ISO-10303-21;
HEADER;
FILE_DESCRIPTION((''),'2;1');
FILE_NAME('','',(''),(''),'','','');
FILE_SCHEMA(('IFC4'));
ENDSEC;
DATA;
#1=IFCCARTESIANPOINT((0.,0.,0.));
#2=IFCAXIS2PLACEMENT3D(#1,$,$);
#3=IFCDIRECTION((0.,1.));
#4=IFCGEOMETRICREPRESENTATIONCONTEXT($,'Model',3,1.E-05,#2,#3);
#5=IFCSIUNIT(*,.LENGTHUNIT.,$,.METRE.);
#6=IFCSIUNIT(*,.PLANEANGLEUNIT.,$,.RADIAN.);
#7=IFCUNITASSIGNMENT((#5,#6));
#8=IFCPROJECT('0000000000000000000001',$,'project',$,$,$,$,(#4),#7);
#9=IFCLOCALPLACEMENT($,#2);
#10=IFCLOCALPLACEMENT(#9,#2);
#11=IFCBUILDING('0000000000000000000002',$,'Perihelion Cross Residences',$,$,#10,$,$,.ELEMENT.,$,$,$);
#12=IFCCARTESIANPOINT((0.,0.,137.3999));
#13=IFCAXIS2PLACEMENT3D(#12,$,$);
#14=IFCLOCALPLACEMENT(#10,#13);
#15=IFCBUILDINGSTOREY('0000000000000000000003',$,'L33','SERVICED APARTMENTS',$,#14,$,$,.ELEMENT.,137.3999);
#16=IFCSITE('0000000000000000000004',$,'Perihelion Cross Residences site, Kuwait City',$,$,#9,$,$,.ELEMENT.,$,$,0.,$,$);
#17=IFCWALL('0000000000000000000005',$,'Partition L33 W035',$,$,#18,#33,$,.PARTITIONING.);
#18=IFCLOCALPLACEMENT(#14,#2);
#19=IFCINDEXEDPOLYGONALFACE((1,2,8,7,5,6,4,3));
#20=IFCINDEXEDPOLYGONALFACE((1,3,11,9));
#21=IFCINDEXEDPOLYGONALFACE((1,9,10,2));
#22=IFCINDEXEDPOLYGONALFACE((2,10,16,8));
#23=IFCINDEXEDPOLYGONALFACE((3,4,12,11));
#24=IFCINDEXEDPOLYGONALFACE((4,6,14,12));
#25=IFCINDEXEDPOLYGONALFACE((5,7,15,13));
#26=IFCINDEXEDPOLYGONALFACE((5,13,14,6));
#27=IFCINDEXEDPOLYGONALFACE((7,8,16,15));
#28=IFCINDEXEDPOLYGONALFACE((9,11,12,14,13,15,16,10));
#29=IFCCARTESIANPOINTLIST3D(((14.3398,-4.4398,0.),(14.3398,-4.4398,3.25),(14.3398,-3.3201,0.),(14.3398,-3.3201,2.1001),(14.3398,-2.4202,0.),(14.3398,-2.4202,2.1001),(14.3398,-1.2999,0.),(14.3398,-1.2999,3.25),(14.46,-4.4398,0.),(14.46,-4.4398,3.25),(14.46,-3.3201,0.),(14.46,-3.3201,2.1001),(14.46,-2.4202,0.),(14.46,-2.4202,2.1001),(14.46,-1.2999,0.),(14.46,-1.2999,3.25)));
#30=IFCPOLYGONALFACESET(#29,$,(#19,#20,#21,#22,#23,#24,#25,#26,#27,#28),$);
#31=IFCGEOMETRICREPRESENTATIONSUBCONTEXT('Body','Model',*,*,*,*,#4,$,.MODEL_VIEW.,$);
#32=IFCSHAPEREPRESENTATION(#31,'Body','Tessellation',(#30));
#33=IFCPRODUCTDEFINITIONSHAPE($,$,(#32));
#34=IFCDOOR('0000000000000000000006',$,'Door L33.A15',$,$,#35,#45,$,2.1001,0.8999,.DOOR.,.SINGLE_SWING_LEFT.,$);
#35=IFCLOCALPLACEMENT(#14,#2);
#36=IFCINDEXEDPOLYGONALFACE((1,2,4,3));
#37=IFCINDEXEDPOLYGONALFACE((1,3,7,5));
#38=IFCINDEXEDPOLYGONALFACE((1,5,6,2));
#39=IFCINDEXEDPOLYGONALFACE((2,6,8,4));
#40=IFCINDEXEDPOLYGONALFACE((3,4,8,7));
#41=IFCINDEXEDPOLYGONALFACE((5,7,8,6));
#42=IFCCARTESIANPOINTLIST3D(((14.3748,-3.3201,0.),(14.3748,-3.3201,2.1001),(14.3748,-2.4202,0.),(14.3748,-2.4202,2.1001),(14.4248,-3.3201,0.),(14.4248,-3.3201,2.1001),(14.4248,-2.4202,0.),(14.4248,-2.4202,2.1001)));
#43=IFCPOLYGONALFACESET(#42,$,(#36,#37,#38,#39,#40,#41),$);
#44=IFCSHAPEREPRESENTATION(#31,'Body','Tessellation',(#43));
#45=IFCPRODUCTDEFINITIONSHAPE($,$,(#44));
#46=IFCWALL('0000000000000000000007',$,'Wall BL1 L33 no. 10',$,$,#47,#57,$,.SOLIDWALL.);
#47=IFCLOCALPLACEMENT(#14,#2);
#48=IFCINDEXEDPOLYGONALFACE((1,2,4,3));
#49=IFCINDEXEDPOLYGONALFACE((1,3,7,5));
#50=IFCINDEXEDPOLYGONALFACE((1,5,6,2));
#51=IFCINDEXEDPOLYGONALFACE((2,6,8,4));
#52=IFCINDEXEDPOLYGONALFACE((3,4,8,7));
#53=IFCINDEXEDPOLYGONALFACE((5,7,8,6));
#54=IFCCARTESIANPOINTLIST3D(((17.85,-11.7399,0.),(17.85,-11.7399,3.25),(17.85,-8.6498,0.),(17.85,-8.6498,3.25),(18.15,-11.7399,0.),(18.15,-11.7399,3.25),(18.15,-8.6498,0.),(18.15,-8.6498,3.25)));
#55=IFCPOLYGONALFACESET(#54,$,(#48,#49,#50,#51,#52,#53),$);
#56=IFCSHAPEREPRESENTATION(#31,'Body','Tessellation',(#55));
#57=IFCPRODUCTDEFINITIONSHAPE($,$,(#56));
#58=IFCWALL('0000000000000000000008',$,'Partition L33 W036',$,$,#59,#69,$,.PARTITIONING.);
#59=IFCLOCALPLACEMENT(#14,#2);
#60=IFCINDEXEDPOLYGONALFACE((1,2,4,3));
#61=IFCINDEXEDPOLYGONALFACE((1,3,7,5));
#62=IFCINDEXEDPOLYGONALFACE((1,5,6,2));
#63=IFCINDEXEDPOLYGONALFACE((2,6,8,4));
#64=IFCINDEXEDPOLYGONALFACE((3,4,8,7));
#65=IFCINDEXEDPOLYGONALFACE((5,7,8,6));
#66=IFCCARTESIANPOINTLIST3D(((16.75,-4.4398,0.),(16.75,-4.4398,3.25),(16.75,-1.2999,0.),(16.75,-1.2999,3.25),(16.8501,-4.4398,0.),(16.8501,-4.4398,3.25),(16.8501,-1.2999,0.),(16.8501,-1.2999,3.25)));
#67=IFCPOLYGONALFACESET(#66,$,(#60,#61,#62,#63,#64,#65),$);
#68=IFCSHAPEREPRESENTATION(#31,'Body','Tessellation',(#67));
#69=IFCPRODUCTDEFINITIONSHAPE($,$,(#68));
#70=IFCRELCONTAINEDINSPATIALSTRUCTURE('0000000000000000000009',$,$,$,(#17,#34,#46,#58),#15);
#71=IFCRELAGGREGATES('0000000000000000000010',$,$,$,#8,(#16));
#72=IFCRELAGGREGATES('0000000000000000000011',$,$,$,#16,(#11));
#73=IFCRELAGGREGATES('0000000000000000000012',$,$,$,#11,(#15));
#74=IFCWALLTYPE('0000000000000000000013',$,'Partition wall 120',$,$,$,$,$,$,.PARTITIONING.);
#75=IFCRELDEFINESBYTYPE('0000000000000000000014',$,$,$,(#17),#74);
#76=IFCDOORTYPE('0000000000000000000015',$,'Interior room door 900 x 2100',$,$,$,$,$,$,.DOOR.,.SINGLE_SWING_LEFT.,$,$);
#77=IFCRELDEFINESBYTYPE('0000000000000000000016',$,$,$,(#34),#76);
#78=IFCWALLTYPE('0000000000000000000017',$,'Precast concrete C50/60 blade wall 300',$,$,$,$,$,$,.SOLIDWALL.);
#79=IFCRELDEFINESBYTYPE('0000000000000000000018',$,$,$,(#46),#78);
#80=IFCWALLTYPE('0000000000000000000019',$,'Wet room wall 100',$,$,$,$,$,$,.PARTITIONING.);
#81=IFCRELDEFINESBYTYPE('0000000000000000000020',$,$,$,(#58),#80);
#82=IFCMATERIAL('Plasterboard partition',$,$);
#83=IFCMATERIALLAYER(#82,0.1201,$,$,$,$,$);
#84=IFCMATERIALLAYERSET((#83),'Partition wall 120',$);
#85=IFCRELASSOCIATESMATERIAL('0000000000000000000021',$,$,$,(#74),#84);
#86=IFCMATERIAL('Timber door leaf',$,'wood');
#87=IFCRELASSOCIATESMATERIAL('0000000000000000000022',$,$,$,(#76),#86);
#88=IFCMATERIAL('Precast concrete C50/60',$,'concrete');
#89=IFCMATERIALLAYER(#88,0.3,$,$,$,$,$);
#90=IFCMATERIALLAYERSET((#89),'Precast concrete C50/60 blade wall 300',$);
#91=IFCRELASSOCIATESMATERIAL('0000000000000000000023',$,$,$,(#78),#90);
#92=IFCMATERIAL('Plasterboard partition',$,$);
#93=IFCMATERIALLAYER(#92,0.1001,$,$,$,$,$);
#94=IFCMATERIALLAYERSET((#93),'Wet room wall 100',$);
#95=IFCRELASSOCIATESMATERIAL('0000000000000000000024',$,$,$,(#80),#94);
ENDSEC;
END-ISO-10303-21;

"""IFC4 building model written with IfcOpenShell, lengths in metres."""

from ifc_helpers import new_model, si_unit, direction, frame, frame_2d, origin, place, context, subcontext, project, spatial, rectangle, extrude, material, layer, layer_set, type_object, element, fill, save


model = new_model("IFC4")

# Units and contexts
model_context = context("Model", 3, precision=1e-05, world=origin(), true_north=direction((0.0, 1.0)))
body_context = subcontext(model_context, "Body", "Model", "MODEL_VIEW")
ifc_project = project(units=[si_unit("LENGTHUNIT", "METRE"), si_unit("PLANEANGLEUNIT", "RADIAN")], contexts=[model_context])

# Site, building, storey
site_placement = place(None, origin())
site = spatial("IfcSite", under=ifc_project, at=site_placement, Name="Perihelion Cross Residences site, Kuwait City", CompositionType="ELEMENT", RefElevation=0.0)
building_placement = place(site_placement, origin())
building = spatial("IfcBuilding", under=site, at=building_placement, Name="Perihelion Cross Residences", CompositionType="ELEMENT")
storey_placement = place(building_placement, frame((0.0, 0.0, 137.3999)))
storey = spatial("IfcBuildingStorey", under=building, at=storey_placement, Name="L33", Description="SERVICED APARTMENTS", CompositionType="ELEMENT", Elevation=137.3999)

# Wall, opening, door
ifc_material_1 = material(Name="Plasterboard partition")
ifc_layer_1 = layer(ifc_material_1, 0.1201)
ifc_layer_set_1 = layer_set([ifc_layer_1], Name="Partition wall 120")
wall_type_1 = type_object("IfcWallType", Name="Partition wall 120", PredefinedType="PARTITIONING", material=ifc_layer_set_1)
ifc_material_2 = material(Name="Timber door leaf", Category="wood")
door_type_1 = type_object("IfcDoorType", Name="Interior room door 900 x 2100", OperationType="SINGLE_SWING_LEFT", PredefinedType="DOOR", material=ifc_material_2)
wall_1_placement = place(storey_placement, frame((14.3999, -1.3, 0.0), z_axis=(0.0, 0.0, 1.0), x_axis=(0.0, -1.0, 0.0)))
wall_1 = element("IfcWall", 1, at=wall_1_placement, inside=storey, type_object=wall_type_1, Name="Partition L33 W035", PredefinedType="PARTITIONING", context=body_context, shape_type="SweptSolid", body=[
    extrude(rectangle(XDim=3.1399, YDim=0.1201, at=frame_2d((1.5698, 0.0))), origin(), (0.0, 0.0, 1.0), 3.25),
])
opening_1_placement = place(wall_1_placement, frame((1.1201, 0.0, 0.0)))
opening_1 = element("IfcOpeningElement", 2, at=opening_1_placement, cuts=wall_1, PredefinedType="OPENING", context=body_context, shape_type="SweptSolid", body=[
    extrude(rectangle(XDim=0.8999, YDim=2.1001, at=frame_2d((0.45, 1.05))), frame((0.0, 0.0701, 0.0), z_axis=(0.0, -1.0, 0.0), x_axis=(1.0, 0.0, 0.0)), (0.0, 0.0, 1.0), 0.1401),
])
door_1_placement = place(opening_1_placement, origin())
door_1 = element("IfcDoor", 3, at=door_1_placement, inside=storey, type_object=door_type_1, Name="Door L33.A15", OperationType="SINGLE_SWING_LEFT", OverallHeight=2.1001, OverallWidth=0.8999, PredefinedType="DOOR", context=body_context, shape_type="SweptSolid", body=[
    extrude(rectangle(XDim=0.8999, YDim=2.1001, at=frame_2d((0.45, 1.05))), frame((0.0, 0.0249, 0.0), z_axis=(0.0, -1.0, 0.0), x_axis=(1.0, 0.0, 0.0)), (0.0, 0.0, 1.0), 0.05),
])
fill(opening_1, door_1)

# Walls
ifc_material_3 = material(Name="Precast concrete C50/60", Category="concrete")
ifc_layer_2 = layer(ifc_material_3, 0.3)
ifc_layer_set_2 = layer_set([ifc_layer_2], Name="Precast concrete C50/60 blade wall 300")
wall_type_2 = type_object("IfcWallType", Name="Precast concrete C50/60 blade wall 300", PredefinedType="SOLIDWALL", material=ifc_layer_set_2)
wall_2_placement = place(storey_placement, frame((18.0, -8.6499, 0.0), z_axis=(0.0, 0.0, 1.0), x_axis=(0.0, -1.0, 0.0)))
element("IfcWall", 4, at=wall_2_placement, inside=storey, type_object=wall_type_2, Name="Wall BL1 L33 no. 10", PredefinedType="SOLIDWALL", context=body_context, shape_type="SweptSolid", body=[
    extrude(rectangle(XDim=3.0901, YDim=0.3, at=frame_2d((1.5449, 0.0))), origin(), (0.0, 0.0, 1.0), 3.25),
])
ifc_material_4 = material(Name="Plasterboard partition")
ifc_layer_3 = layer(ifc_material_4, 0.1001)
ifc_layer_set_3 = layer_set([ifc_layer_3], Name="Wet room wall 100")
wall_type_3 = type_object("IfcWallType", Name="Wet room wall 100", PredefinedType="PARTITIONING", material=ifc_layer_set_3)
wall_3_placement = place(storey_placement, frame((16.8, -1.3, 0.0), z_axis=(0.0, 0.0, 1.0), x_axis=(0.0, -1.0, 0.0)))
element("IfcWall", 5, at=wall_3_placement, inside=storey, type_object=wall_type_3, Name="Partition L33 W036", PredefinedType="PARTITIONING", context=body_context, shape_type="SweptSolid", body=[
    extrude(rectangle(XDim=3.1399, YDim=0.1001, at=frame_2d((1.5698, 0.0))), origin(), (0.0, 0.0, 1.0), 3.25),
])

save(model, "model.ifc")
